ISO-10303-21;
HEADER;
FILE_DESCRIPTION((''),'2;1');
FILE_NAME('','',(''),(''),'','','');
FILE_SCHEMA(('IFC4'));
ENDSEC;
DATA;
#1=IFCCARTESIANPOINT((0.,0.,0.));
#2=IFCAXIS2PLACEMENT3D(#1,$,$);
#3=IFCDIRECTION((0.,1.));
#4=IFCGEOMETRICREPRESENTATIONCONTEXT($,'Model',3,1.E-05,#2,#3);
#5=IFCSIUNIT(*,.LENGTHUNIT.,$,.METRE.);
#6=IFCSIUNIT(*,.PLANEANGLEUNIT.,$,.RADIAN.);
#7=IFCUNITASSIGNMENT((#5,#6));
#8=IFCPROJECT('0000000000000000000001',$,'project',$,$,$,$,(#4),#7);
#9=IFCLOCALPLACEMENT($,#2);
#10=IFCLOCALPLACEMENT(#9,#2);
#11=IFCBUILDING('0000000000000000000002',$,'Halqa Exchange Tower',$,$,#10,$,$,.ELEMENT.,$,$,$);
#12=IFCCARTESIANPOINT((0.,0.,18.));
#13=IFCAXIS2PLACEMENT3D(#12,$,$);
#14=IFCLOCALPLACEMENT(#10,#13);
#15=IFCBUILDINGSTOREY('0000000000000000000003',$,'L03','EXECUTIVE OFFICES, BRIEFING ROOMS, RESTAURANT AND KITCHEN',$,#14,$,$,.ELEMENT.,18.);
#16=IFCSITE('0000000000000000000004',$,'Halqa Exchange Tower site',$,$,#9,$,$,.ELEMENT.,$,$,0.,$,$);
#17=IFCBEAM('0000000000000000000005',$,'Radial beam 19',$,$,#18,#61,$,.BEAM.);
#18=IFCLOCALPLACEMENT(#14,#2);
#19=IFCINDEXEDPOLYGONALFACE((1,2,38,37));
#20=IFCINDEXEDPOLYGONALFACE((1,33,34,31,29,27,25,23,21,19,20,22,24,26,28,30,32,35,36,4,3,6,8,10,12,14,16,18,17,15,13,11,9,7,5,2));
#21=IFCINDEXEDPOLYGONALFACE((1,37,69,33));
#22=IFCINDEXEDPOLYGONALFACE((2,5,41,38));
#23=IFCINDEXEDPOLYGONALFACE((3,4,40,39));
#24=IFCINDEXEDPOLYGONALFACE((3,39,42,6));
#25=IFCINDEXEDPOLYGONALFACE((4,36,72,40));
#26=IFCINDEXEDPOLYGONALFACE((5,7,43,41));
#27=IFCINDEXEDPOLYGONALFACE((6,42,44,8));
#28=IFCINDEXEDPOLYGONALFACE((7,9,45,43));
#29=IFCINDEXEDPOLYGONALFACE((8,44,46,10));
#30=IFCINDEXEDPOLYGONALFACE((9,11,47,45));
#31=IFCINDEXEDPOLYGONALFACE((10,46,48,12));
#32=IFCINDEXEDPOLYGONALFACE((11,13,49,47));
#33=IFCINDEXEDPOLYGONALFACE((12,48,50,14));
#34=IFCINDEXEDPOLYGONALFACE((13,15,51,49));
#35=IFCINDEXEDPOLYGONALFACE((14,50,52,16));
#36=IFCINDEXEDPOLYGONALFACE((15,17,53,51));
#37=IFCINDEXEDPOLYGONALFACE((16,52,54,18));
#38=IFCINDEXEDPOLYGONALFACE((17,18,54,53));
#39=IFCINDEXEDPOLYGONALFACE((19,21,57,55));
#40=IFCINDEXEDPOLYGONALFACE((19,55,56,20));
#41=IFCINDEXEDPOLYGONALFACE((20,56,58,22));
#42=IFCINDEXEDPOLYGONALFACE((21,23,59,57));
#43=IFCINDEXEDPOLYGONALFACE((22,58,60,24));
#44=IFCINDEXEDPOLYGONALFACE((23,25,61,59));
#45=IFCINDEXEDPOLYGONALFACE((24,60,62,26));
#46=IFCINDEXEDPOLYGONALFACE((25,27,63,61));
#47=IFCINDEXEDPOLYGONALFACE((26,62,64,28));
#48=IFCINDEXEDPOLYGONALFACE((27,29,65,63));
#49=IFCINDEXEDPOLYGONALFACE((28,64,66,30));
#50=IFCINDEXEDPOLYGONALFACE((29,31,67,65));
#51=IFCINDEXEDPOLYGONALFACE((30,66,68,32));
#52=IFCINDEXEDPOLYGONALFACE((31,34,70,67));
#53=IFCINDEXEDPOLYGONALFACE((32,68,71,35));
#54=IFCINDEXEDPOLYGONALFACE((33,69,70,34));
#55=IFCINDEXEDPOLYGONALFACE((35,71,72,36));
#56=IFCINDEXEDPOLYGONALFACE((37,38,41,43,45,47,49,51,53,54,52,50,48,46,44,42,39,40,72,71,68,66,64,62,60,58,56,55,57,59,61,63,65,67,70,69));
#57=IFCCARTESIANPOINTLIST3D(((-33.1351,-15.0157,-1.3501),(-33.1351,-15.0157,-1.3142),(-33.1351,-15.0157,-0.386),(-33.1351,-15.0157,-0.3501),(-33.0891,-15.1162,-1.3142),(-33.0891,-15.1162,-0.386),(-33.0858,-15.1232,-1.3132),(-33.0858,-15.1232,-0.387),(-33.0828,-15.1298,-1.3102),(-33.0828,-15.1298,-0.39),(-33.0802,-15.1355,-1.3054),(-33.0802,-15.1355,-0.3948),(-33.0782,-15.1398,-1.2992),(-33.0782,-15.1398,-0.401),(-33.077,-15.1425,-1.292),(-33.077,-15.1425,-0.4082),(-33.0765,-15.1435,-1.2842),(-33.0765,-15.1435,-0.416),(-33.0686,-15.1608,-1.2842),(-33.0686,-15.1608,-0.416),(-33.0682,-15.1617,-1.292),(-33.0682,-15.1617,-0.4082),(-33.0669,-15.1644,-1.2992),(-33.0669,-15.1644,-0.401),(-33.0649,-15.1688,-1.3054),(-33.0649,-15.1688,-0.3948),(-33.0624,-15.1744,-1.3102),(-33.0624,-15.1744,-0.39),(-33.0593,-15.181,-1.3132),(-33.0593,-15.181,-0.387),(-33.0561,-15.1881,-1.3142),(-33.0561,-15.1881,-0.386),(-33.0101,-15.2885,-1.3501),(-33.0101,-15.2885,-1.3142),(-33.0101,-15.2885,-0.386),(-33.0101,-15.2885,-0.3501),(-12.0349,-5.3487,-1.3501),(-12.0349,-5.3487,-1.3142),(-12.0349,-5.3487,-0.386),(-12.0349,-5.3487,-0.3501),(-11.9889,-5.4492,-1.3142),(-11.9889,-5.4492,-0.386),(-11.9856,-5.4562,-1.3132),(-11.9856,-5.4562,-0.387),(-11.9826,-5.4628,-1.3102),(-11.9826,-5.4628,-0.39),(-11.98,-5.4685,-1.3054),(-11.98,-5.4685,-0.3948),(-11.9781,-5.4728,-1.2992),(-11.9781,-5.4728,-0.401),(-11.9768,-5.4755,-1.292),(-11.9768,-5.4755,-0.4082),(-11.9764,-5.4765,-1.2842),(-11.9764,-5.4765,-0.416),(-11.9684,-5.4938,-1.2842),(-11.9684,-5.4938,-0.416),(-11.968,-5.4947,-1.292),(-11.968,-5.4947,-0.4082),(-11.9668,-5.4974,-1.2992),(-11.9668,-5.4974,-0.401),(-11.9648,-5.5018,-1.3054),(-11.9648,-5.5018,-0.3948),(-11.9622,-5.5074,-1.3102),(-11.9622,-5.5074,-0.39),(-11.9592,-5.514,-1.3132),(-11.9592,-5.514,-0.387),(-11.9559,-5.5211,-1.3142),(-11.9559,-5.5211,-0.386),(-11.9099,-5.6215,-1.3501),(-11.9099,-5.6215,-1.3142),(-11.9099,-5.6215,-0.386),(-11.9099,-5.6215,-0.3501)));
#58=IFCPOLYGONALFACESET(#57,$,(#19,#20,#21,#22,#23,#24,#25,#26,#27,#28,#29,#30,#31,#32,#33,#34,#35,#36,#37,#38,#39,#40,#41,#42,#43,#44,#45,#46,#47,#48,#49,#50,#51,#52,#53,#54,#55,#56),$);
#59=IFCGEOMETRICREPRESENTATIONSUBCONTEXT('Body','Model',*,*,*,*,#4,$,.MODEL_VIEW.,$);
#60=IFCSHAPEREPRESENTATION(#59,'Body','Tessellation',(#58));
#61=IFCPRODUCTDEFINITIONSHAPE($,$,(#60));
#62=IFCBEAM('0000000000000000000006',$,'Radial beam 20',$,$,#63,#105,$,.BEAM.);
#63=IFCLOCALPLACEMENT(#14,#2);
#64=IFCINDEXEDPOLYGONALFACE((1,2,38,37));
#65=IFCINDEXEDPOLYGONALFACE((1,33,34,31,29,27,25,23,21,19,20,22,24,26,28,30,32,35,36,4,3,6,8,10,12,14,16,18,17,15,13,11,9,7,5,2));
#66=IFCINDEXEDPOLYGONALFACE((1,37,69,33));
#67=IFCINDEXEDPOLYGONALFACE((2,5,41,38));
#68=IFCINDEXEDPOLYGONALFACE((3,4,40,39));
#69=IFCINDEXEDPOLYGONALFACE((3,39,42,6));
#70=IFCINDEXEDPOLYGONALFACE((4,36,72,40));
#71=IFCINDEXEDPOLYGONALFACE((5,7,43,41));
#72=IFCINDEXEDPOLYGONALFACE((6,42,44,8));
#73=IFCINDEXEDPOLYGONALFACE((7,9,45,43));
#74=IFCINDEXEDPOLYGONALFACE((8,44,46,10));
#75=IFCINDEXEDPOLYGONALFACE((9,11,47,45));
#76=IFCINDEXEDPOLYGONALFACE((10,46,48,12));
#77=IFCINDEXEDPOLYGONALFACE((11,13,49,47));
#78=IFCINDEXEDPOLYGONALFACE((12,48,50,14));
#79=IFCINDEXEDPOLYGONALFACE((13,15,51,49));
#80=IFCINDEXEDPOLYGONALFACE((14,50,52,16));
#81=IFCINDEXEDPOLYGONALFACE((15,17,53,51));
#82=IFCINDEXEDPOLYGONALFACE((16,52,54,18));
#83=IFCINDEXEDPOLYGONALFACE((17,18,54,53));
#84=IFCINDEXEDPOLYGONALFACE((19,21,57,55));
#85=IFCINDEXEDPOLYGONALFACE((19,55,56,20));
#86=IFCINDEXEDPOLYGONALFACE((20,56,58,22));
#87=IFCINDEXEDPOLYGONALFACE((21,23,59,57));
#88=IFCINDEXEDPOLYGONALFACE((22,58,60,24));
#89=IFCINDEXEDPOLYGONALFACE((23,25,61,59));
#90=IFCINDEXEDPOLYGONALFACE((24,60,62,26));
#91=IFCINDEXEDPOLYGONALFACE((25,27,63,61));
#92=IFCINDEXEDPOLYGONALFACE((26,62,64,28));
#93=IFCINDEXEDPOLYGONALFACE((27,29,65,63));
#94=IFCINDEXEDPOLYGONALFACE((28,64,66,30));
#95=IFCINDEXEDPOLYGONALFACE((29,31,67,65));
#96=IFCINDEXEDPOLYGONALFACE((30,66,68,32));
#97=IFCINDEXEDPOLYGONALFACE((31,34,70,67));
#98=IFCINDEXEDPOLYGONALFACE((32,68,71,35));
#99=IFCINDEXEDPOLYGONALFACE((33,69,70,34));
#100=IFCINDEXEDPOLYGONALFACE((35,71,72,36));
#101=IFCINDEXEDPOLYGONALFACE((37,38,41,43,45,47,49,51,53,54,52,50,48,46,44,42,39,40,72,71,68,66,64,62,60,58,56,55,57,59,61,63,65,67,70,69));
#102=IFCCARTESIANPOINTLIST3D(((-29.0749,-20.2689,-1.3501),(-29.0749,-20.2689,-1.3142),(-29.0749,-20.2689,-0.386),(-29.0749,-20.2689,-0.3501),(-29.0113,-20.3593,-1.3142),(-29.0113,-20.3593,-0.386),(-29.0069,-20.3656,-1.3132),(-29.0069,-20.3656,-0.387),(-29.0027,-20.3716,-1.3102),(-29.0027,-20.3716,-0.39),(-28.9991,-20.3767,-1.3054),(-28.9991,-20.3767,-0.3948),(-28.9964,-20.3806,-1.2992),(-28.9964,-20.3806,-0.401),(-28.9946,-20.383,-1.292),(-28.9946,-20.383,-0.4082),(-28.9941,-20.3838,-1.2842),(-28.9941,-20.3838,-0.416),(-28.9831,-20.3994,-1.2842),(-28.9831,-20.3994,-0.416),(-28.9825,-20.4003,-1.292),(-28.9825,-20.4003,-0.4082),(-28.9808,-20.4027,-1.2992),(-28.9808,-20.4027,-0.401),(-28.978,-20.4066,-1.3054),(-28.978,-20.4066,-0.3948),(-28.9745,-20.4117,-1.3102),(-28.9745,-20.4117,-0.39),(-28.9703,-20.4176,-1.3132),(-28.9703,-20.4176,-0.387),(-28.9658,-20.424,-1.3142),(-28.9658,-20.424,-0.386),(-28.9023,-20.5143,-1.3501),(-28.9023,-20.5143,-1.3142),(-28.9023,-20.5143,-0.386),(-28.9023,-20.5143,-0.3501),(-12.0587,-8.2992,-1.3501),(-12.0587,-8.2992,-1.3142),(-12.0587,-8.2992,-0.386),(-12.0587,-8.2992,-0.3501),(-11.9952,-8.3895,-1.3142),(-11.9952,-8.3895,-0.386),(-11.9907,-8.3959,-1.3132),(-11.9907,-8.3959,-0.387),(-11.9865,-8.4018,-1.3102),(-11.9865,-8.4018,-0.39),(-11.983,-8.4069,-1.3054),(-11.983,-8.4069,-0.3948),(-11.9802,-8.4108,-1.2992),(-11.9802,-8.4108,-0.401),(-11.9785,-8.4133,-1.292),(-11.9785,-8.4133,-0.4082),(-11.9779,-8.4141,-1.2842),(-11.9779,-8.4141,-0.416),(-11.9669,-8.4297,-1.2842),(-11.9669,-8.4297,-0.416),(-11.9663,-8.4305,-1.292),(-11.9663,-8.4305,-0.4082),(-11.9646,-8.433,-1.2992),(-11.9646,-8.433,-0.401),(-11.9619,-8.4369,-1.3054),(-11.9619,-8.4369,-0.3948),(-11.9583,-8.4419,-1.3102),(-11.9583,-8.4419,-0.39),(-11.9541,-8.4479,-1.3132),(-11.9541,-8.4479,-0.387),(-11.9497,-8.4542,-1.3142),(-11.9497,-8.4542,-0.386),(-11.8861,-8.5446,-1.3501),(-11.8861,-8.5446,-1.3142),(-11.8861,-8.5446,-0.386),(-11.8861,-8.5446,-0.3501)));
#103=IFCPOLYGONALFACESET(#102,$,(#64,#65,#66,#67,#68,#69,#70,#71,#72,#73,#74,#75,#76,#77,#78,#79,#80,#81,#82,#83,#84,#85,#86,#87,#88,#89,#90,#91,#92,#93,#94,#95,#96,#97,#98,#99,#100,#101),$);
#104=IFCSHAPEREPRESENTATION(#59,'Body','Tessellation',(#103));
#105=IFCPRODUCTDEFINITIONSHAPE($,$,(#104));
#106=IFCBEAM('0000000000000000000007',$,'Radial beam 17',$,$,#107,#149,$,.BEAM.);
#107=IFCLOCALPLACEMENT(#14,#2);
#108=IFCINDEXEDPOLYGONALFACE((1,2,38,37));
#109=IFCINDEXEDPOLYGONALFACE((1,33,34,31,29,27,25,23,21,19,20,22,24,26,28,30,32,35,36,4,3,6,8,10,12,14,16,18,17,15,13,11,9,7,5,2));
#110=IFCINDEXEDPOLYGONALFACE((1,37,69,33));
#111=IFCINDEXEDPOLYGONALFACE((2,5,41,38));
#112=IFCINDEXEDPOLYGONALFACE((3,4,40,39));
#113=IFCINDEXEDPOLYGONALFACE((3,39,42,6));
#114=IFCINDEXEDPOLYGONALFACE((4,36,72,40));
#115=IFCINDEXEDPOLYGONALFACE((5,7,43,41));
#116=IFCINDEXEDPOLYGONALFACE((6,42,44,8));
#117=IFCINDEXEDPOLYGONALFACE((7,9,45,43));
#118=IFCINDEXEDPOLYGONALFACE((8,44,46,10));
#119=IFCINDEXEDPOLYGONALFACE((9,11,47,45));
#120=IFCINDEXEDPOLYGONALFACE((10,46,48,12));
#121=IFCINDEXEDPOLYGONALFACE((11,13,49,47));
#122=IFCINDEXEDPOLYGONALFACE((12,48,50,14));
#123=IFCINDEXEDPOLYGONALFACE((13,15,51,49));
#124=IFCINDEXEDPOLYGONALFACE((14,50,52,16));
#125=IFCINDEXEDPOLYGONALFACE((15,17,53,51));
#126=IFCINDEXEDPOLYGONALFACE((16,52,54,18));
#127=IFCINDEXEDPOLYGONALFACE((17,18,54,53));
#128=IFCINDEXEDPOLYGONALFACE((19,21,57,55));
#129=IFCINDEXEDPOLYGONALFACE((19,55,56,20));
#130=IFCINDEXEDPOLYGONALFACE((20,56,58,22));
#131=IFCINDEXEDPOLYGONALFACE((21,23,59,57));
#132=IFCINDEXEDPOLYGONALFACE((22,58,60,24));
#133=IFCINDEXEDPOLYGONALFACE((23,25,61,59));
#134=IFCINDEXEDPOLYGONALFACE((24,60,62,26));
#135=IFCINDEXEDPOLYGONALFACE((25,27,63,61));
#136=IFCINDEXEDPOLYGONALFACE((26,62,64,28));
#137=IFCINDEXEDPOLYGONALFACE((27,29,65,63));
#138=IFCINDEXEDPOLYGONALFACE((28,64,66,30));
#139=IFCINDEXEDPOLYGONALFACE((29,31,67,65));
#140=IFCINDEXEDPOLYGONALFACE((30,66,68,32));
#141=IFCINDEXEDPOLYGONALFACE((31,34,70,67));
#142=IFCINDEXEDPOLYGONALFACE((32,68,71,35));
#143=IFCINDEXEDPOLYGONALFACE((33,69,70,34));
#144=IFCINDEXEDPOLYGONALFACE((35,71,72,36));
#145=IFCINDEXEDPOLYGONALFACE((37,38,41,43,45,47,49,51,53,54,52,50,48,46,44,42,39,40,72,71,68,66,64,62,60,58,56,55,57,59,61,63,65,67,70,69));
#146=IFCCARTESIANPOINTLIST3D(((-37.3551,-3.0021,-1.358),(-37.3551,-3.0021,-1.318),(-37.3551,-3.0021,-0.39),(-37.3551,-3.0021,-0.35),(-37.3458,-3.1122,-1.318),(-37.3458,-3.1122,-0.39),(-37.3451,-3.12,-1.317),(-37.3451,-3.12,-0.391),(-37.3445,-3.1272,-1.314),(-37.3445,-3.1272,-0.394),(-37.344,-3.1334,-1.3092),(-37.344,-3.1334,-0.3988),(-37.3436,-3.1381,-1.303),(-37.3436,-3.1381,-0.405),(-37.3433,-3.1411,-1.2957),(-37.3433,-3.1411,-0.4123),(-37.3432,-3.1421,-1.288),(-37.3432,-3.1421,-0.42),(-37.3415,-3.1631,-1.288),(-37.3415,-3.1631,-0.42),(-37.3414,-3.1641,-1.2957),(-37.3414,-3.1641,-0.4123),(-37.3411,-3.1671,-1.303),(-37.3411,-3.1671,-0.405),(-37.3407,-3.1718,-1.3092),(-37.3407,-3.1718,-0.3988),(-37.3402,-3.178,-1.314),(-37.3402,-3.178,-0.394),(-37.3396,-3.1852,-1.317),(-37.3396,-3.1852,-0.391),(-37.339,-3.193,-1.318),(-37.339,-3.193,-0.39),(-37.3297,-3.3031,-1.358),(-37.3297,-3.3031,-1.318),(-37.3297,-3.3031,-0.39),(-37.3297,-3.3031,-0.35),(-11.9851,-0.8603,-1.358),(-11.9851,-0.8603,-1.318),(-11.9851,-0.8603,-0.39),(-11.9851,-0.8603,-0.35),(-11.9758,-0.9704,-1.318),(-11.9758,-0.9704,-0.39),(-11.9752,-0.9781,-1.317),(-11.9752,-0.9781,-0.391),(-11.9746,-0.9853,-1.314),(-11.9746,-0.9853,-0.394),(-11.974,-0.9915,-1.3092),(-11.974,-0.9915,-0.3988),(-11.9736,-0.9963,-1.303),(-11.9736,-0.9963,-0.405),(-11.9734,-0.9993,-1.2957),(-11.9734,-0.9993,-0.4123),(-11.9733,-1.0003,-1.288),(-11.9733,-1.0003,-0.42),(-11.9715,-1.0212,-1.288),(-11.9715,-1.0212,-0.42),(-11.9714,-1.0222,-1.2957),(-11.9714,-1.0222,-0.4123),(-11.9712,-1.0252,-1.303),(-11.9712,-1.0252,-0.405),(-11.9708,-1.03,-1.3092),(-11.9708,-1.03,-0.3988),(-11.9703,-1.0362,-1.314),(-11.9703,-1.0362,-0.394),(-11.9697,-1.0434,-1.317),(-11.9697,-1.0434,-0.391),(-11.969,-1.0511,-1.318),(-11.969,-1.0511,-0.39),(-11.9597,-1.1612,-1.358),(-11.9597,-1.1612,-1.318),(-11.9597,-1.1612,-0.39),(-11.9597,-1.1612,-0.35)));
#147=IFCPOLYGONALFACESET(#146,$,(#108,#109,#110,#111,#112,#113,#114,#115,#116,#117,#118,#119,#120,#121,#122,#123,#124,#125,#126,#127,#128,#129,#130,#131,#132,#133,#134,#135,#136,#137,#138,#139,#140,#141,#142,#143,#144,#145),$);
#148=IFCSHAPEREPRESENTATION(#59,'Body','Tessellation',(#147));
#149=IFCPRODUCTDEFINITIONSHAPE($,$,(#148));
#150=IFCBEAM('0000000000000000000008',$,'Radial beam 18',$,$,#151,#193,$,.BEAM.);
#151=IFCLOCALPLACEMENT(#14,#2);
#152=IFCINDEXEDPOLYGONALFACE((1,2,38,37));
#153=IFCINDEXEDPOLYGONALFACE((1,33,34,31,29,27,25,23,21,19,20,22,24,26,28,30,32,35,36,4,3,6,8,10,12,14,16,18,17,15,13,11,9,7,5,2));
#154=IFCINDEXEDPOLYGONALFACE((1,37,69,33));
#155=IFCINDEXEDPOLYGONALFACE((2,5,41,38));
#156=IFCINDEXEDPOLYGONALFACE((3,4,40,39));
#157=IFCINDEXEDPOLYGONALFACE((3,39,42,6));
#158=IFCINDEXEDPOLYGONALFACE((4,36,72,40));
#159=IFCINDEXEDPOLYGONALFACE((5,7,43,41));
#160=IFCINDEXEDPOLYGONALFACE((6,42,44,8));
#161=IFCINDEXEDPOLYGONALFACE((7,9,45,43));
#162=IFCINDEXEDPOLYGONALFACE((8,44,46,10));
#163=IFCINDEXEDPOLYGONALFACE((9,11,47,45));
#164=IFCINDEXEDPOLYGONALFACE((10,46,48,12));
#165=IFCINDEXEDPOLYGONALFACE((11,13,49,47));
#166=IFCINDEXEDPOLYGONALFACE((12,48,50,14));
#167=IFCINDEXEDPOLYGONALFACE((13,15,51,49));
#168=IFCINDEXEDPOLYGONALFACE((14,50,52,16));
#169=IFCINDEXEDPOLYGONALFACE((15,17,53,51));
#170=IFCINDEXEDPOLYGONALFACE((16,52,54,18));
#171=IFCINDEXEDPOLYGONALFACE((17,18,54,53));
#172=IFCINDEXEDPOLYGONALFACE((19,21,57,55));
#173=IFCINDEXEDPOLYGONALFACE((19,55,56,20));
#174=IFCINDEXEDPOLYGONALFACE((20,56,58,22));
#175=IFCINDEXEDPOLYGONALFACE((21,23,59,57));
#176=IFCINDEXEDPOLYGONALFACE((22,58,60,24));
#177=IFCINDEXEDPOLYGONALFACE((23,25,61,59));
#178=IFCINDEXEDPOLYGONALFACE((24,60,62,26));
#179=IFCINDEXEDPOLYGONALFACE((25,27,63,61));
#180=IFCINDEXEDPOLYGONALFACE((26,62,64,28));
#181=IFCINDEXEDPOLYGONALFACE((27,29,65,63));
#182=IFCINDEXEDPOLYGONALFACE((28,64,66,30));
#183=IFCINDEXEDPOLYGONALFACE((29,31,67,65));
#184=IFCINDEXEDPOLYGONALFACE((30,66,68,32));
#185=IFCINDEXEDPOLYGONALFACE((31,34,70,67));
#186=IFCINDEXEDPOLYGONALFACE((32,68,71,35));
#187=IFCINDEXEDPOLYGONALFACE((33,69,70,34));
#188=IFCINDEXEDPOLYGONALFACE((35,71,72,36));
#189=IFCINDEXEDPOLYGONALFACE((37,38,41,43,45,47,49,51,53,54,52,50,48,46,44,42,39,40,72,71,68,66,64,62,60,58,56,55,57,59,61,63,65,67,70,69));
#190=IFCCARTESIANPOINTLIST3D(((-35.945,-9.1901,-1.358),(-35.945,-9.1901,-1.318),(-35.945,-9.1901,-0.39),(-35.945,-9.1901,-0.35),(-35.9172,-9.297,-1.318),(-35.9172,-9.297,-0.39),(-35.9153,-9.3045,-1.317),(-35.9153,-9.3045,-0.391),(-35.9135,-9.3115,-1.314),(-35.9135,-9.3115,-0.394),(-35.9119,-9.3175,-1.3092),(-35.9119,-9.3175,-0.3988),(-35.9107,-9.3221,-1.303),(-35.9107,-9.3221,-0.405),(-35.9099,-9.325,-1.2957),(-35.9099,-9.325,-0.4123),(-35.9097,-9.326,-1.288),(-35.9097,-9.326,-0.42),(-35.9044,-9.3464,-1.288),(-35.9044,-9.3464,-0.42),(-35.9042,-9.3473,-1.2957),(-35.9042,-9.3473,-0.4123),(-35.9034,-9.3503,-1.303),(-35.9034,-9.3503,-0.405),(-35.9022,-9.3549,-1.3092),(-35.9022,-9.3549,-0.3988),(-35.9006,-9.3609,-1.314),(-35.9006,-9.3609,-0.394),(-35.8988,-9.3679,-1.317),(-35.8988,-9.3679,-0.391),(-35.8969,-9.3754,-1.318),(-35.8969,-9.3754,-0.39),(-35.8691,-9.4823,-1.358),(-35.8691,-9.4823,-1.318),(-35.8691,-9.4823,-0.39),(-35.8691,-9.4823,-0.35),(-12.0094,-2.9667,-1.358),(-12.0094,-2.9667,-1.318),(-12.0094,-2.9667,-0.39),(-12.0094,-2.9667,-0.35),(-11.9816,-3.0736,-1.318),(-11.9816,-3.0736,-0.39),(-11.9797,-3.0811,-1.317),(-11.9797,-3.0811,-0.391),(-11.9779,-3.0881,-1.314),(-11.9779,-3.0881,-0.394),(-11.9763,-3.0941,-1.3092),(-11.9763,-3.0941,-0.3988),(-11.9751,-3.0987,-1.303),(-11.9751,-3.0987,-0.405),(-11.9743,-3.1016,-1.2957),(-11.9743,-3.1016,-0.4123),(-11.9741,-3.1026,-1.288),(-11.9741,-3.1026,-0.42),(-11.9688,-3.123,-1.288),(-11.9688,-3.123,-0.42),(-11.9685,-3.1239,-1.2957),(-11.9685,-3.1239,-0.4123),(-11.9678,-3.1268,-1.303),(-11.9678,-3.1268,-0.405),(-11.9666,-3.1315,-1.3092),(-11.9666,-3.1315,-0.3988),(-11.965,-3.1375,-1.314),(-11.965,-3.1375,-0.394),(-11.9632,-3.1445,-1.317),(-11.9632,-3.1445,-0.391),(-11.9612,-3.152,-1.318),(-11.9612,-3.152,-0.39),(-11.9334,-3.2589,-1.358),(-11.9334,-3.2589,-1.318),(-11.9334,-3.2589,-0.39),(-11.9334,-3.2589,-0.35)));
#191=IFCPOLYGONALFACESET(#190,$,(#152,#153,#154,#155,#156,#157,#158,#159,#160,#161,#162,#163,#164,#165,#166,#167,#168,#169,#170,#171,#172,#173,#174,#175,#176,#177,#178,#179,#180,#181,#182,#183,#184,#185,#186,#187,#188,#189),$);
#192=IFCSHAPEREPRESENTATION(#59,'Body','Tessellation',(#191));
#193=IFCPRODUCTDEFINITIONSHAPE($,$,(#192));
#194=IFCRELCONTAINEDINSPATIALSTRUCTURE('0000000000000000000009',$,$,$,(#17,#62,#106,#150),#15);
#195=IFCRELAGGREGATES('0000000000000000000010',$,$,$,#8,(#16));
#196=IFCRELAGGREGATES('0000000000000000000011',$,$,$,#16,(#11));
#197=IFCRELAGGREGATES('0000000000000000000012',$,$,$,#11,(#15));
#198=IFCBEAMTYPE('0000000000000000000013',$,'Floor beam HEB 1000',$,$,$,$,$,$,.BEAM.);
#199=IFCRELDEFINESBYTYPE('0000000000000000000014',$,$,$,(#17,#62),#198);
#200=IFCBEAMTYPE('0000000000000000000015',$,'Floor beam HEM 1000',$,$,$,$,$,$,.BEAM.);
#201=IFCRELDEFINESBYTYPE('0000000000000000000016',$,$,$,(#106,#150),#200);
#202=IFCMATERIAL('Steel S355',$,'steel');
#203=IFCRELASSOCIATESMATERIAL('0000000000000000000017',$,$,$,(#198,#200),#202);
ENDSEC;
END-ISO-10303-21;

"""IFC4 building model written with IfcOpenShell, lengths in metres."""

from ifc_helpers import new_model, si_unit, direction, frame, origin, origin_2d, place, context, subcontext, project, spatial, i_section, extrude, material, material_profile, profile_set, type_object, element, save


model = new_model("IFC4")

# Units and contexts
model_context = context("Model", 3, precision=1e-05, world=origin(), true_north=direction((0.0, 1.0)))
body_context = subcontext(model_context, "Body", "Model", "MODEL_VIEW")
ifc_project = project(units=[si_unit("LENGTHUNIT", "METRE"), si_unit("PLANEANGLEUNIT", "RADIAN")], contexts=[model_context])

# Site, building, storey
site_placement = place(None, origin())
site = spatial("IfcSite", under=ifc_project, at=site_placement, Name="Halqa Exchange Tower site", CompositionType="ELEMENT", RefElevation=0.0)
building_placement = place(site_placement, origin())
building = spatial("IfcBuilding", under=site, at=building_placement, Name="Halqa Exchange Tower", CompositionType="ELEMENT")
storey_placement = place(building_placement, frame((0.0, 0.0, 18.0)))
storey = spatial("IfcBuildingStorey", under=building, at=storey_placement, Name="L03", Description="EXECUTIVE OFFICES, BRIEFING ROOMS, RESTAURANT AND KITCHEN", CompositionType="ELEMENT", Elevation=18.0)

# Beams
ifc_material_1 = material(Name="Steel S355", Category="steel")
ifc_material_profile_1 = material_profile(ifc_material_1, i_section(OverallWidth=0.3, OverallDepth=1.0, WebThickness=0.019, FlangeThickness=0.0359, FilletRadius=0.03, at=origin_2d()), Name="HEB 1000")
ifc_profile_set_1 = profile_set([ifc_material_profile_1], Name="Steel S355")
beam_type_1 = type_object("IfcBeamType", Name="Floor beam HEB 1000", PredefinedType="BEAM", material=ifc_profile_set_1)
beam_1_placement = place(storey_placement, frame((-11.9724, -5.4851, -0.8501), z_axis=(-0.909128, -0.416516, 0.0), x_axis=(0.416516, -0.909128, 0.0)))
element("IfcBeam", 1, at=beam_1_placement, inside=storey, type_object=beam_type_1, Name="Radial beam 19", PredefinedType="BEAM", context=body_context, shape_type="SweptSolid", body=[
    extrude(i_section(OverallWidth=0.3, OverallDepth=1.0, WebThickness=0.019, FlangeThickness=0.0359, FilletRadius=0.03, at=origin_2d()), origin(), (0.0, 0.0, 1.0), 23.2092),
])
beam_2_placement = place(storey_placement, frame((-11.9724, -8.4219, -0.8501), z_axis=(-0.81791, -0.575346, 0.0), x_axis=(0.575346, -0.81791, 0.0)))
element("IfcBeam", 2, at=beam_2_placement, inside=storey, type_object=beam_type_1, Name="Radial beam 20", PredefinedType="BEAM", context=body_context, shape_type="SweptSolid", body=[
    extrude(i_section(OverallWidth=0.3, OverallDepth=1.0, WebThickness=0.019, FlangeThickness=0.0359, FilletRadius=0.03, at=origin_2d()), origin(), (0.0, 0.0, 1.0), 20.8044),
])
ifc_material_profile_2 = material_profile(ifc_material_1, i_section(OverallWidth=0.302, OverallDepth=1.0081, WebThickness=0.021, FlangeThickness=0.04, FilletRadius=0.03, at=origin_2d()), Name="HEM 1000")
ifc_profile_set_2 = profile_set([ifc_material_profile_2], Name="Steel S355")
beam_type_2 = type_object("IfcBeamType", Name="Floor beam HEM 1000", PredefinedType="BEAM", material=ifc_profile_set_2)
beam_3_placement = place(storey_placement, frame((-11.9724, -1.0107, -0.854), z_axis=(-0.996455, -0.084125, 0.0), x_axis=(0.084125, -0.996455, 0.0)))
element("IfcBeam", 3, at=beam_3_placement, inside=storey, type_object=beam_type_2, Name="Radial beam 17", PredefinedType="BEAM", context=body_context, shape_type="SweptSolid", body=[
    extrude(i_section(OverallWidth=0.302, OverallDepth=1.0081, WebThickness=0.021, FlangeThickness=0.04, FilletRadius=0.03, at=origin_2d()), origin(), (0.0, 0.0, 1.0), 25.4602),
])
beam_4_placement = place(storey_placement, frame((-11.9714, -3.1128, -0.854), z_axis=(-0.967821, -0.251639, 0.0), x_axis=(0.251639, -0.967821, 0.0)))
element("IfcBeam", 4, at=beam_4_placement, inside=storey, type_object=beam_type_2, Name="Radial beam 18", PredefinedType="BEAM", context=body_context, shape_type="SweptSolid", body=[
    extrude(i_section(OverallWidth=0.302, OverallDepth=1.0081, WebThickness=0.021, FlangeThickness=0.04, FilletRadius=0.03, at=origin_2d()), origin(), (0.0, 0.0, 1.0), 24.7314),
])

save(model, "model.ifc")
